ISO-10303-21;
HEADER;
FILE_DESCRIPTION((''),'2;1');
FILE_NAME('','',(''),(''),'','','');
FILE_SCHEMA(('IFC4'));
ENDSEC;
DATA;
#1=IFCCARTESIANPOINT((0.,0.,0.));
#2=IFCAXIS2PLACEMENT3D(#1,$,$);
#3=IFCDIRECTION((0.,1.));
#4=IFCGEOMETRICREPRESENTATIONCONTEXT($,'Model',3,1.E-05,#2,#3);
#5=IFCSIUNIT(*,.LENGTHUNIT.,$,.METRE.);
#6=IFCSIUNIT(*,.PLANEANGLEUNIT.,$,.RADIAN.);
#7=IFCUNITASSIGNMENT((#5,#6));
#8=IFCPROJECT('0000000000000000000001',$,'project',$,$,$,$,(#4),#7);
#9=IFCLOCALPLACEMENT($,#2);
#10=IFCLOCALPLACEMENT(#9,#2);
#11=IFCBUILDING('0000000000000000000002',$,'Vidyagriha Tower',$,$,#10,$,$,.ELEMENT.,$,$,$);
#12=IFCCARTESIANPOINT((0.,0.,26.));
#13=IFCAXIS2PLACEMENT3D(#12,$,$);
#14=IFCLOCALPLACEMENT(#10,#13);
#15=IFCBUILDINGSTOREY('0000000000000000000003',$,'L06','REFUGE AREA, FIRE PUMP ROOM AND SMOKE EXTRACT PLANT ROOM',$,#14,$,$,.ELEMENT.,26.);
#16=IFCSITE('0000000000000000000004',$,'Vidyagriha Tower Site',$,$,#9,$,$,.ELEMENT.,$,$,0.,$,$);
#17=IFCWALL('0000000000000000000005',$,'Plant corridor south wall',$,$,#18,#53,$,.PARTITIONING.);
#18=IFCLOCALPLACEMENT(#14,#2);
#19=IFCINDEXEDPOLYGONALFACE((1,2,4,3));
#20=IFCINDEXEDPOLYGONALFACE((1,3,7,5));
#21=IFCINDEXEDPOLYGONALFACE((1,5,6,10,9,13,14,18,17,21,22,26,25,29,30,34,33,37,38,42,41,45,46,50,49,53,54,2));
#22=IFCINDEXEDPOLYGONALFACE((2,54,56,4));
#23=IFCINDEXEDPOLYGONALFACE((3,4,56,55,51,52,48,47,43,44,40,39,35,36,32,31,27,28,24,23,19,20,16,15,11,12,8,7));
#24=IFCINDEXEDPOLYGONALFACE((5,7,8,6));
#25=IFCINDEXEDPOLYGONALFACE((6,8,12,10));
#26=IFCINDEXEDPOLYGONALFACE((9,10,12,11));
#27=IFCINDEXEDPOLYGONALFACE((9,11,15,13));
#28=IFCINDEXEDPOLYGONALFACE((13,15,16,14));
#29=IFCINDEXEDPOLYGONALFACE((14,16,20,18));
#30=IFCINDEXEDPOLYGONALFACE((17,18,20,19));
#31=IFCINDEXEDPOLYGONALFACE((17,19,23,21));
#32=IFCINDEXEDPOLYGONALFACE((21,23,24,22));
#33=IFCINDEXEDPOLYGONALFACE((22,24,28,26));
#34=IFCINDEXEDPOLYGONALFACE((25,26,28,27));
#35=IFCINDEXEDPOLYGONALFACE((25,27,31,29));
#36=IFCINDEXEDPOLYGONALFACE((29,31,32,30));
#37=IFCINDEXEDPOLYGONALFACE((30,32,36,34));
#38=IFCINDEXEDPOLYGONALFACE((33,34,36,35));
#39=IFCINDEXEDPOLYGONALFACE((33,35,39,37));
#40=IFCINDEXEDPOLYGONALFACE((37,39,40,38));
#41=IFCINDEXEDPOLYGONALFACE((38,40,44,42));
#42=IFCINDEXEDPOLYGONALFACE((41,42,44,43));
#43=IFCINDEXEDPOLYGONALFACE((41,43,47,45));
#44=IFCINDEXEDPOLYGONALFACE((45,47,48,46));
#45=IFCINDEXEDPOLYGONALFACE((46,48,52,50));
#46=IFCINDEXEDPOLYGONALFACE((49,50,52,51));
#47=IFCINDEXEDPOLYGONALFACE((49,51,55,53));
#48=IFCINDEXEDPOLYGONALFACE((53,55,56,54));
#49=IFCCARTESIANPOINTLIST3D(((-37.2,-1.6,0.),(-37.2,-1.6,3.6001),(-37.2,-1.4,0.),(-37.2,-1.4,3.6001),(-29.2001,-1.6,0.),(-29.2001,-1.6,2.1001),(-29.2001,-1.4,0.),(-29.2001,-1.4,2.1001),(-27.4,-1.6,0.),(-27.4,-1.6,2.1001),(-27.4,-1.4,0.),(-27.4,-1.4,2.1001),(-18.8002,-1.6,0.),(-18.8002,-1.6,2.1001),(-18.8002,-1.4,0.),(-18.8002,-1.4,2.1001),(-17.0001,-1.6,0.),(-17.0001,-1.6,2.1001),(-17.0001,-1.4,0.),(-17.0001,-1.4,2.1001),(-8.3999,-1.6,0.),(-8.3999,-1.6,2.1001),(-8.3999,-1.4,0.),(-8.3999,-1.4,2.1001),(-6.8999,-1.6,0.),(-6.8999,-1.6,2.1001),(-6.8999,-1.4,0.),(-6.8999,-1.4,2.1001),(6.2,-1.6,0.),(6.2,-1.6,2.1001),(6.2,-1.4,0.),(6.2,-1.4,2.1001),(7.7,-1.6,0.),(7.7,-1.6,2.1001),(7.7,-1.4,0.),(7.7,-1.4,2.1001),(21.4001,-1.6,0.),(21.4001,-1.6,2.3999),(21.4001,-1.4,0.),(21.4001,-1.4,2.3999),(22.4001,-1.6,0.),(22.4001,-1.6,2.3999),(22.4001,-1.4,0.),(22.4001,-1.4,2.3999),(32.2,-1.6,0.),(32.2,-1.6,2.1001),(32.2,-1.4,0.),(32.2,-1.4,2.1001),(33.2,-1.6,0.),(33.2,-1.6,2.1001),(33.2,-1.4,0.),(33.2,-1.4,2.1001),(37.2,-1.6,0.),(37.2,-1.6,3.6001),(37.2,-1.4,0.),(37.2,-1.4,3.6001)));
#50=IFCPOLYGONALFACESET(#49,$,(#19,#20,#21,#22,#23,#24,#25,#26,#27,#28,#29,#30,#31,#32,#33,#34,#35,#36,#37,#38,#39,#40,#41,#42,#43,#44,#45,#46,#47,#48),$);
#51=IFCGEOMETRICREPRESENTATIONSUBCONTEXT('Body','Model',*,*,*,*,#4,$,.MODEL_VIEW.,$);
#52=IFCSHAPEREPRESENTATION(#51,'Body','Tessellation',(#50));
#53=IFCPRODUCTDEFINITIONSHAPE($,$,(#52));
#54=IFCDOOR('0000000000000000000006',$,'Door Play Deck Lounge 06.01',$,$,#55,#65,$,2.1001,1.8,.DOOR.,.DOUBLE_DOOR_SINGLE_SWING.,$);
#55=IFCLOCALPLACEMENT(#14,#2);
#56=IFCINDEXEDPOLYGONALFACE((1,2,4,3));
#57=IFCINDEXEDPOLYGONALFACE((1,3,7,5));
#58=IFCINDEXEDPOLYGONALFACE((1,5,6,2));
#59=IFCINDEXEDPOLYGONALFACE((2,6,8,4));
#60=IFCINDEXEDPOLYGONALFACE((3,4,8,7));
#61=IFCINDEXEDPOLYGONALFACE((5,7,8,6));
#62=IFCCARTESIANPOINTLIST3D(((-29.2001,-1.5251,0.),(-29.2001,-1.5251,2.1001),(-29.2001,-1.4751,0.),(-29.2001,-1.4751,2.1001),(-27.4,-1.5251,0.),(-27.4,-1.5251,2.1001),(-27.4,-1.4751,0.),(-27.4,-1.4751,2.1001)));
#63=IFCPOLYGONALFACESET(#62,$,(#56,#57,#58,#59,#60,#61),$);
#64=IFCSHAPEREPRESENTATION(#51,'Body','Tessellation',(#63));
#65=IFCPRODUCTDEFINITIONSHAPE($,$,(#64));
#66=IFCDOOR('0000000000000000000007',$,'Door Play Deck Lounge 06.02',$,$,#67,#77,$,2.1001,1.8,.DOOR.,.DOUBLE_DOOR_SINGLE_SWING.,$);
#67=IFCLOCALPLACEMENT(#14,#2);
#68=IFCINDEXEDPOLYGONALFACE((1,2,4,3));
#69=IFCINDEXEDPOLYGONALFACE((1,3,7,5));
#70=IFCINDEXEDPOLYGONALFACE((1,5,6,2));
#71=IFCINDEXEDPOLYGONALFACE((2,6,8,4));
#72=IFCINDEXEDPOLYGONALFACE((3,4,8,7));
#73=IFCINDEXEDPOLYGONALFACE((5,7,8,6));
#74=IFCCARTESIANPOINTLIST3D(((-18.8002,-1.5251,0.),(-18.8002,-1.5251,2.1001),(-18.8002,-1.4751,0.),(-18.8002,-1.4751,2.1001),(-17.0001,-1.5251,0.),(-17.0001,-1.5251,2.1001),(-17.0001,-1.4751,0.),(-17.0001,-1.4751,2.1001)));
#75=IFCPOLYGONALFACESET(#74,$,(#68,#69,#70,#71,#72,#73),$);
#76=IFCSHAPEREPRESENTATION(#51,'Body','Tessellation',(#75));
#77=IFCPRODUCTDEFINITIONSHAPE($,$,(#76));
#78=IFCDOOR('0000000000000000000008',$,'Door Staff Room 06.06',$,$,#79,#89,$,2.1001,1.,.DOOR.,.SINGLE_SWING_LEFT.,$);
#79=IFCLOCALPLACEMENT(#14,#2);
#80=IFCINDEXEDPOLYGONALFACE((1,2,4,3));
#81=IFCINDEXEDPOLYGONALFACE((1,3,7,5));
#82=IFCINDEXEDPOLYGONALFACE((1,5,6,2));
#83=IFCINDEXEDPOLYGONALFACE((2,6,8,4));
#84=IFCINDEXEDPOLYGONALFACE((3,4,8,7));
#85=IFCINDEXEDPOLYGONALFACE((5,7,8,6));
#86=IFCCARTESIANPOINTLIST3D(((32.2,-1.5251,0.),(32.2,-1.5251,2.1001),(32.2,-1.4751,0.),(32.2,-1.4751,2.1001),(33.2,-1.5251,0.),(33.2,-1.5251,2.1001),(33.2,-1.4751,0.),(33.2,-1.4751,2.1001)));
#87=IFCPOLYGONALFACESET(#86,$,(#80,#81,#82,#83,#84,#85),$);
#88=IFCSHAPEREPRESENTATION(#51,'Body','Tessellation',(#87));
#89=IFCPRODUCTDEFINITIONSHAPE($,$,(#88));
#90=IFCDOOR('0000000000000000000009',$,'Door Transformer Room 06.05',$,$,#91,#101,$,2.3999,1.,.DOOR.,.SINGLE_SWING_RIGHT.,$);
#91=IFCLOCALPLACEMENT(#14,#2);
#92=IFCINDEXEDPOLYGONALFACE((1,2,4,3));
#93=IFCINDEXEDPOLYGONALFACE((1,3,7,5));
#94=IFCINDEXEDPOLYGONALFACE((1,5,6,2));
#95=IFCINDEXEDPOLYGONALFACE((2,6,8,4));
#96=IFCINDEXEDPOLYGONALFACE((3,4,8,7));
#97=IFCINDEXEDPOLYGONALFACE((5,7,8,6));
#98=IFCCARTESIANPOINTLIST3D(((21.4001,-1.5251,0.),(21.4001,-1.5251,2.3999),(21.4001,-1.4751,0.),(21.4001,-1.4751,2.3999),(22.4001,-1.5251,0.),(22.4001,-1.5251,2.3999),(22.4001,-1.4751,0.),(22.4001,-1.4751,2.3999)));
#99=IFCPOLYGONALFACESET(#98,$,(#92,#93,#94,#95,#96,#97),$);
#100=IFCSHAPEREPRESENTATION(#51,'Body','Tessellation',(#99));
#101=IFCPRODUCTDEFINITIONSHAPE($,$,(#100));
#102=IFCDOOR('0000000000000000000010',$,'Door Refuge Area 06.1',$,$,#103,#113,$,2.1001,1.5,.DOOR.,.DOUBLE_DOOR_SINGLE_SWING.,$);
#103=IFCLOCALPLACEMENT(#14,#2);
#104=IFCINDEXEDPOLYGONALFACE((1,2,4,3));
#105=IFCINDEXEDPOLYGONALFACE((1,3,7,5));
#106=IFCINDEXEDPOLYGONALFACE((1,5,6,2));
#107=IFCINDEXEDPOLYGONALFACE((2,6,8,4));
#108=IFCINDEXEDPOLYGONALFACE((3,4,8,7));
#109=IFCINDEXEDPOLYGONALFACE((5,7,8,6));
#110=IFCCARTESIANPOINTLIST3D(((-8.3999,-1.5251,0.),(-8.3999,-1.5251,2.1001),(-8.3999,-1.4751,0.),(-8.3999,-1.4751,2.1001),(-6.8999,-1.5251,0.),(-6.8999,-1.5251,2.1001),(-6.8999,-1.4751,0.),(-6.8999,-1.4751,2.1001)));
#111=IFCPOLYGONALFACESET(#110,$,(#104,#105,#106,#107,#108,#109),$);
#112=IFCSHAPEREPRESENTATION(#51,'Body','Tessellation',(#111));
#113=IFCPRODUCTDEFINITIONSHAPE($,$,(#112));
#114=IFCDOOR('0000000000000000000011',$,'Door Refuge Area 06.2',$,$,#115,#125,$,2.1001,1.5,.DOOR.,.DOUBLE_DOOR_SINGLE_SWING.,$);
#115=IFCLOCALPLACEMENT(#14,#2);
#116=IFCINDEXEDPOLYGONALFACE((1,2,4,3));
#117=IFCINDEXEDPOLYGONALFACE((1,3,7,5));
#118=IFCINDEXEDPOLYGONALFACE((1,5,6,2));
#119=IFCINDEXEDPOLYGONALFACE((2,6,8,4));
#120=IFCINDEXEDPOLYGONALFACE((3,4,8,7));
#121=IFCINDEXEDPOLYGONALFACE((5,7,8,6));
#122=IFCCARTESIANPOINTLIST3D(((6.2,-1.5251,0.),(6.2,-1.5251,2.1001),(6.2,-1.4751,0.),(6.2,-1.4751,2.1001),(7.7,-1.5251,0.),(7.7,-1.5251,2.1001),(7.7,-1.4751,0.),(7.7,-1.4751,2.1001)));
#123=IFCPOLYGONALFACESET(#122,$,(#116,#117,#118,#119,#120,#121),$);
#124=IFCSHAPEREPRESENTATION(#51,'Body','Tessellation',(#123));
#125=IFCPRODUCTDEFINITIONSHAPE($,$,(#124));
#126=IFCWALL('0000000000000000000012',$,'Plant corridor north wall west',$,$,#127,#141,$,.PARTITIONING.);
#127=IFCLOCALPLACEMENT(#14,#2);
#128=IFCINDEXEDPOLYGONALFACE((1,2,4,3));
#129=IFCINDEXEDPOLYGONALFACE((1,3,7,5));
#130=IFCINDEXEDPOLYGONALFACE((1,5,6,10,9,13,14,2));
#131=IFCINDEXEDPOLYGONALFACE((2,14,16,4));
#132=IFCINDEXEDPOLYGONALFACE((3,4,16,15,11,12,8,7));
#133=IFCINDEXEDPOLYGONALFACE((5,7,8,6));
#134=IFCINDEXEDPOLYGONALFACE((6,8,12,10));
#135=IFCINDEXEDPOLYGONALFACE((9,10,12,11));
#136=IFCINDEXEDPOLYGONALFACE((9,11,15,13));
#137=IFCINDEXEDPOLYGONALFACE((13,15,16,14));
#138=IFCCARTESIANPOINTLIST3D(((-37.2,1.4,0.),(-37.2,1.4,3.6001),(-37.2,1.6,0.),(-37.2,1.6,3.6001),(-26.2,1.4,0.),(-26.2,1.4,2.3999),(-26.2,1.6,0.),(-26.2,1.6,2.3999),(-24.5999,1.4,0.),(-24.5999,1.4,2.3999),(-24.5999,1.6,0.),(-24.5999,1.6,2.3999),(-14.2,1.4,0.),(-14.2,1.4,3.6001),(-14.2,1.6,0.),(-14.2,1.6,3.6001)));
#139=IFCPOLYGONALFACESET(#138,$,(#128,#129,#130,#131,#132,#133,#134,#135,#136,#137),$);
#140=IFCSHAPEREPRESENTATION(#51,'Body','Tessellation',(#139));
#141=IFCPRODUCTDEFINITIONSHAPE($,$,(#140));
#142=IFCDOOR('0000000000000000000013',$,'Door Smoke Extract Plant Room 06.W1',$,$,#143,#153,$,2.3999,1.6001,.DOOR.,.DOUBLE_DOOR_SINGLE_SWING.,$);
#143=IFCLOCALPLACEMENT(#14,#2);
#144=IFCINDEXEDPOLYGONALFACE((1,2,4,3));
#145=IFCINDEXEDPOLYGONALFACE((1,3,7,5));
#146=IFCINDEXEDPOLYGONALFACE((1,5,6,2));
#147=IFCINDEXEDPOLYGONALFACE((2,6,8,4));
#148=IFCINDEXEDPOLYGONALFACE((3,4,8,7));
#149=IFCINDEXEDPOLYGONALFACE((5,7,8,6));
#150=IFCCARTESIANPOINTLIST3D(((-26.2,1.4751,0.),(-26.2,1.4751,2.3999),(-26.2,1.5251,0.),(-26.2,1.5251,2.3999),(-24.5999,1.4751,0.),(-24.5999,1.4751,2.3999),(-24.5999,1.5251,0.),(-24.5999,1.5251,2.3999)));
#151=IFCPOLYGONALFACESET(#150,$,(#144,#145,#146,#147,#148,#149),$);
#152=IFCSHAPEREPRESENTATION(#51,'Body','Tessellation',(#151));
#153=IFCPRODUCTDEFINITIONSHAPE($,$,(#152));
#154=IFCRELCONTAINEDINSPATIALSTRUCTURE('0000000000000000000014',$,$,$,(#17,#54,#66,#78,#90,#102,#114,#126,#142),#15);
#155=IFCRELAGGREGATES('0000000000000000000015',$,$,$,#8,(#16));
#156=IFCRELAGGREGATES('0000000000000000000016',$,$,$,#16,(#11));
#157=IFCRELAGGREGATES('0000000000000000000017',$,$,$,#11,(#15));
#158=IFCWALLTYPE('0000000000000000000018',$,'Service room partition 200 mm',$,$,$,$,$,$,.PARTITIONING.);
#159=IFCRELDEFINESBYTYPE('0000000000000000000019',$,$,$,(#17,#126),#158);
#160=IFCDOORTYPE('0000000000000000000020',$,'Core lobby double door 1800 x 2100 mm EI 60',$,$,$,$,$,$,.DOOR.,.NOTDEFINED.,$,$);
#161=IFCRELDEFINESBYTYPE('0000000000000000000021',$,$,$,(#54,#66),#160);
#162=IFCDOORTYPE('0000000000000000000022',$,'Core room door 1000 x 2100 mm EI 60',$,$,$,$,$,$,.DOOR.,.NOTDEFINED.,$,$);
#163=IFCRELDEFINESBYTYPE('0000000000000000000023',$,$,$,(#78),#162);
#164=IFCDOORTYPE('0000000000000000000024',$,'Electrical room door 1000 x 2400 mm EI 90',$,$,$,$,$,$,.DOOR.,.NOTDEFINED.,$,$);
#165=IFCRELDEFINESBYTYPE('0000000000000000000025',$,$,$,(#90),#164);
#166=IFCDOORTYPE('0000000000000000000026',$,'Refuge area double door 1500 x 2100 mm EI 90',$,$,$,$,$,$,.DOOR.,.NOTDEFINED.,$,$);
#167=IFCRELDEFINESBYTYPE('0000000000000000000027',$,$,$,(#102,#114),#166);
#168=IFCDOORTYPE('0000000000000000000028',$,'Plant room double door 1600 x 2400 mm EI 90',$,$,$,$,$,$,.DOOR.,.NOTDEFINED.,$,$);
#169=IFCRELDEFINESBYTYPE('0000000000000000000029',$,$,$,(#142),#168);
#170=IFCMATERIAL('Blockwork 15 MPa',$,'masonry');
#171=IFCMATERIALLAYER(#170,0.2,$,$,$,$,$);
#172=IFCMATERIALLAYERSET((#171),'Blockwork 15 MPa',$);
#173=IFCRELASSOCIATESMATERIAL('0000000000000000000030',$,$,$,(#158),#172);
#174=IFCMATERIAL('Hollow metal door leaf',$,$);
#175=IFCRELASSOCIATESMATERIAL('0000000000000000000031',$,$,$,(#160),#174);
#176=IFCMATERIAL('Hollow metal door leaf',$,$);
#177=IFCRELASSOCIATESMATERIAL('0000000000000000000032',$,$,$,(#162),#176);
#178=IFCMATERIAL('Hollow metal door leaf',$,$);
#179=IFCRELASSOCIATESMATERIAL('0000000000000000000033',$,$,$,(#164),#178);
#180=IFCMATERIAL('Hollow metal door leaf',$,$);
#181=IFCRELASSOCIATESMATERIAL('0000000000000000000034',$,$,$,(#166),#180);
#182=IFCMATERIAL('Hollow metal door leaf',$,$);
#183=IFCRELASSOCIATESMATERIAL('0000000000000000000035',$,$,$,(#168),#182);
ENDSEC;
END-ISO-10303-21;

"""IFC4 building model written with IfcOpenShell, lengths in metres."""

from ifc_helpers import new_model, si_unit, direction, frame, frame_2d, origin, place, context, subcontext, project, spatial, rectangle, extrude, material, layer, layer_set, type_object, element, fill, save


model = new_model("IFC4")

# Units and contexts
model_context = context("Model", 3, precision=1e-05, world=origin(), true_north=direction((0.0, 1.0)))
body_context = subcontext(model_context, "Body", "Model", "MODEL_VIEW")
ifc_project = project(units=[si_unit("LENGTHUNIT", "METRE"), si_unit("PLANEANGLEUNIT", "RADIAN")], contexts=[model_context])

# Site, building, storey
site_placement = place(None, origin())
site = spatial("IfcSite", under=ifc_project, at=site_placement, Name="Vidyagriha Tower Site", CompositionType="ELEMENT", RefElevation=0.0)
building_placement = place(site_placement, origin())
building = spatial("IfcBuilding", under=site, at=building_placement, Name="Vidyagriha Tower", CompositionType="ELEMENT")
storey_placement = place(building_placement, frame((0.0, 0.0, 26.0)))
storey = spatial("IfcBuildingStorey", under=building, at=storey_placement, Name="L06", Description="REFUGE AREA, FIRE PUMP ROOM AND SMOKE EXTRACT PLANT ROOM", CompositionType="ELEMENT", Elevation=26.0)

# Wall, openings, doors
ifc_material_1 = material(Name="Blockwork 15 MPa", Category="masonry")
ifc_layer_1 = layer(ifc_material_1, 0.2)
ifc_layer_set_1 = layer_set([ifc_layer_1], Name="Blockwork 15 MPa")
wall_type = type_object("IfcWallType", Name="Service room partition 200 mm", PredefinedType="PARTITIONING", material=ifc_layer_set_1)
wall_1_placement = place(storey_placement, frame((-37.2, -1.5, 0.0)))
wall_1 = element("IfcWall", 1, at=wall_1_placement, inside=storey, type_object=wall_type, Name="Plant corridor south wall", PredefinedType="PARTITIONING", context=body_context, shape_type="SweptSolid", body=[
    extrude(rectangle(XDim=74.3999, YDim=0.2, at=frame_2d((37.2, 0.0))), origin(), (0.0, 0.0, 1.0), 3.6001),
])
opening_1_placement = place(wall_1_placement, frame((8.0, 0.0, 0.0)))
opening_1 = element("IfcOpeningElement", 2, at=opening_1_placement, cuts=wall_1, PredefinedType="OPENING", context=body_context, shape_type="SweptSolid", body=[
    extrude(rectangle(XDim=1.8, YDim=2.1001, at=frame_2d((0.8999, 1.05))), frame((0.0, 0.1099, 0.0), z_axis=(0.0, -1.0, 0.0), x_axis=(1.0, 0.0, 0.0)), (0.0, 0.0, 1.0), 0.22),
])
opening_2_placement = place(wall_1_placement, frame((18.3999, 0.0, 0.0)))
opening_2 = element("IfcOpeningElement", 3, at=opening_2_placement, cuts=wall_1, PredefinedType="OPENING", context=body_context, shape_type="SweptSolid", body=[
    extrude(rectangle(XDim=1.8, YDim=2.1001, at=frame_2d((0.8999, 1.05))), frame((0.0, 0.1099, 0.0), z_axis=(0.0, -1.0, 0.0), x_axis=(1.0, 0.0, 0.0)), (0.0, 0.0, 1.0), 0.22),
])
opening_3_placement = place(wall_1_placement, frame((28.8, 0.0, 0.0)))
opening_3 = element("IfcOpeningElement", 4, at=opening_3_placement, cuts=wall_1, PredefinedType="OPENING", context=body_context, shape_type="SweptSolid", body=[
    extrude(rectangle(XDim=1.5, YDim=2.1001, at=frame_2d((0.75, 1.05))), frame((0.0, 0.1099, 0.0), z_axis=(0.0, -1.0, 0.0), x_axis=(1.0, 0.0, 0.0)), (0.0, 0.0, 1.0), 0.22),
])
opening_4_placement = place(wall_1_placement, frame((43.3999, 0.0, 0.0)))
opening_4 = element("IfcOpeningElement", 5, at=opening_4_placement, cuts=wall_1, PredefinedType="OPENING", context=body_context, shape_type="SweptSolid", body=[
    extrude(rectangle(XDim=1.5, YDim=2.1001, at=frame_2d((0.75, 1.05))), frame((0.0, 0.1099, 0.0), z_axis=(0.0, -1.0, 0.0), x_axis=(1.0, 0.0, 0.0)), (0.0, 0.0, 1.0), 0.22),
])
opening_5_placement = place(wall_1_placement, frame((58.6001, 0.0, 0.0)))
opening_5 = element("IfcOpeningElement", 6, at=opening_5_placement, cuts=wall_1, PredefinedType="OPENING", context=body_context, shape_type="SweptSolid", body=[
    extrude(rectangle(XDim=1.0, YDim=2.3999, at=frame_2d((0.5, 1.2))), frame((0.0, 0.1099, 0.0), z_axis=(0.0, -1.0, 0.0), x_axis=(1.0, 0.0, 0.0)), (0.0, 0.0, 1.0), 0.22),
])
opening_6_placement = place(wall_1_placement, frame((69.3999, 0.0, 0.0)))
opening_6 = element("IfcOpeningElement", 7, at=opening_6_placement, cuts=wall_1, PredefinedType="OPENING", context=body_context, shape_type="SweptSolid", body=[
    extrude(rectangle(XDim=1.0, YDim=2.1001, at=frame_2d((0.5, 1.05))), frame((0.0, 0.1099, 0.0), z_axis=(0.0, -1.0, 0.0), x_axis=(1.0, 0.0, 0.0)), (0.0, 0.0, 1.0), 0.22),
])
ifc_material_2 = material(Name="Hollow metal door leaf")
door_type_1 = type_object("IfcDoorType", Name="Core lobby double door 1800 x 2100 mm EI 60", OperationType="NOTDEFINED", PredefinedType="DOOR", material=ifc_material_2)
door_1_placement = place(opening_1_placement, origin())
door_1 = element("IfcDoor", 8, at=door_1_placement, inside=storey, type_object=door_type_1, Name="Door Play Deck Lounge 06.01", OperationType="DOUBLE_DOOR_SINGLE_SWING", OverallHeight=2.1001, OverallWidth=1.8, PredefinedType="DOOR", context=body_context, shape_type="SweptSolid", body=[
    extrude(rectangle(XDim=1.8, YDim=2.1001, at=frame_2d((0.8999, 1.05))), frame((0.0, 0.0249, 0.0), z_axis=(0.0, -1.0, 0.0), x_axis=(1.0, 0.0, 0.0)), (0.0, 0.0, 1.0), 0.05),
])
fill(opening_1, door_1)
door_2_placement = place(opening_2_placement, origin())
door_2 = element("IfcDoor", 9, at=door_2_placement, inside=storey, type_object=door_type_1, Name="Door Play Deck Lounge 06.02", OperationType="DOUBLE_DOOR_SINGLE_SWING", OverallHeight=2.1001, OverallWidth=1.8, PredefinedType="DOOR", context=body_context, shape_type="SweptSolid", body=[
    extrude(rectangle(XDim=1.8, YDim=2.1001, at=frame_2d((0.8999, 1.05))), frame((0.0, 0.0249, 0.0), z_axis=(0.0, -1.0, 0.0), x_axis=(1.0, 0.0, 0.0)), (0.0, 0.0, 1.0), 0.05),
])
fill(opening_2, door_2)
ifc_material_3 = material(Name="Hollow metal door leaf")
door_type_2 = type_object("IfcDoorType", Name="Core room door 1000 x 2100 mm EI 60", OperationType="NOTDEFINED", PredefinedType="DOOR", material=ifc_material_3)
door_3_placement = place(opening_6_placement, origin())
door_3 = element("IfcDoor", 10, at=door_3_placement, inside=storey, type_object=door_type_2, Name="Door Staff Room 06.06", OperationType="SINGLE_SWING_LEFT", OverallHeight=2.1001, OverallWidth=1.0, PredefinedType="DOOR", context=body_context, shape_type="SweptSolid", body=[
    extrude(rectangle(XDim=1.0, YDim=2.1001, at=frame_2d((0.5, 1.05))), frame((0.0, 0.0249, 0.0), z_axis=(0.0, -1.0, 0.0), x_axis=(1.0, 0.0, 0.0)), (0.0, 0.0, 1.0), 0.05),
])
fill(opening_6, door_3)
ifc_material_4 = material(Name="Hollow metal door leaf")
door_type_3 = type_object("IfcDoorType", Name="Electrical room door 1000 x 2400 mm EI 90", OperationType="NOTDEFINED", PredefinedType="DOOR", material=ifc_material_4)
door_4_placement = place(opening_5_placement, origin())
door_4 = element("IfcDoor", 11, at=door_4_placement, inside=storey, type_object=door_type_3, Name="Door Transformer Room 06.05", OperationType="SINGLE_SWING_RIGHT", OverallHeight=2.3999, OverallWidth=1.0, PredefinedType="DOOR", context=body_context, shape_type="SweptSolid", body=[
    extrude(rectangle(XDim=1.0, YDim=2.3999, at=frame_2d((0.5, 1.2))), frame((0.0, 0.0249, 0.0), z_axis=(0.0, -1.0, 0.0), x_axis=(1.0, 0.0, 0.0)), (0.0, 0.0, 1.0), 0.05),
])
fill(opening_5, door_4)
ifc_material_5 = material(Name="Hollow metal door leaf")
door_type_4 = type_object("IfcDoorType", Name="Refuge area double door 1500 x 2100 mm EI 90", OperationType="NOTDEFINED", PredefinedType="DOOR", material=ifc_material_5)
door_5_placement = place(opening_3_placement, origin())
door_5 = element("IfcDoor", 12, at=door_5_placement, inside=storey, type_object=door_type_4, Name="Door Refuge Area 06.1", OperationType="DOUBLE_DOOR_SINGLE_SWING", OverallHeight=2.1001, OverallWidth=1.5, PredefinedType="DOOR", context=body_context, shape_type="SweptSolid", body=[
    extrude(rectangle(XDim=1.5, YDim=2.1001, at=frame_2d((0.75, 1.05))), frame((0.0, 0.0249, 0.0), z_axis=(0.0, -1.0, 0.0), x_axis=(1.0, 0.0, 0.0)), (0.0, 0.0, 1.0), 0.05),
])
fill(opening_3, door_5)
door_6_placement = place(opening_4_placement, origin())
door_6 = element("IfcDoor", 13, at=door_6_placement, inside=storey, type_object=door_type_4, Name="Door Refuge Area 06.2", OperationType="DOUBLE_DOOR_SINGLE_SWING", OverallHeight=2.1001, OverallWidth=1.5, PredefinedType="DOOR", context=body_context, shape_type="SweptSolid", body=[
    extrude(rectangle(XDim=1.5, YDim=2.1001, at=frame_2d((0.75, 1.05))), frame((0.0, 0.0249, 0.0), z_axis=(0.0, -1.0, 0.0), x_axis=(1.0, 0.0, 0.0)), (0.0, 0.0, 1.0), 0.05),
])
fill(opening_4, door_6)

# Wall, opening, door
wall_2_placement = place(storey_placement, frame((-37.2, 1.5, 0.0)))
wall_2 = element("IfcWall", 14, at=wall_2_placement, inside=storey, type_object=wall_type, Name="Plant corridor north wall west", PredefinedType="PARTITIONING", context=body_context, shape_type="SweptSolid", body=[
    extrude(rectangle(XDim=23.0, YDim=0.2, at=frame_2d((11.5, 0.0))), origin(), (0.0, 0.0, 1.0), 3.6001),
])
opening_7_placement = place(wall_2_placement, frame((11.0, 0.0, 0.0)))
opening_7 = element("IfcOpeningElement", 15, at=opening_7_placement, cuts=wall_2, PredefinedType="OPENING", context=body_context, shape_type="SweptSolid", body=[
    extrude(rectangle(XDim=1.6001, YDim=2.3999, at=frame_2d((0.8, 1.2))), frame((0.0, 0.1099, 0.0), z_axis=(0.0, -1.0, 0.0), x_axis=(1.0, 0.0, 0.0)), (0.0, 0.0, 1.0), 0.22),
])
ifc_material_6 = material(Name="Hollow metal door leaf")
door_type_5 = type_object("IfcDoorType", Name="Plant room double door 1600 x 2400 mm EI 90", OperationType="NOTDEFINED", PredefinedType="DOOR", material=ifc_material_6)
door_7_placement = place(opening_7_placement, frame((1.6001, 0.0, 0.0), z_axis=(0.0, 0.0, 1.0), x_axis=(-1.0, 0.0, 0.0)))
door_7 = element("IfcDoor", 16, at=door_7_placement, inside=storey, type_object=door_type_5, Name="Door Smoke Extract Plant Room 06.W1", OperationType="DOUBLE_DOOR_SINGLE_SWING", OverallHeight=2.3999, OverallWidth=1.6001, PredefinedType="DOOR", context=body_context, shape_type="SweptSolid", body=[
    extrude(rectangle(XDim=1.6001, YDim=2.3999, at=frame_2d((0.8, 1.2))), frame((0.0, 0.0249, 0.0), z_axis=(0.0, -1.0, 0.0), x_axis=(1.0, 0.0, 0.0)), (0.0, 0.0, 1.0), 0.05),
])
fill(opening_7, door_7)

save(model, "model.ifc")
